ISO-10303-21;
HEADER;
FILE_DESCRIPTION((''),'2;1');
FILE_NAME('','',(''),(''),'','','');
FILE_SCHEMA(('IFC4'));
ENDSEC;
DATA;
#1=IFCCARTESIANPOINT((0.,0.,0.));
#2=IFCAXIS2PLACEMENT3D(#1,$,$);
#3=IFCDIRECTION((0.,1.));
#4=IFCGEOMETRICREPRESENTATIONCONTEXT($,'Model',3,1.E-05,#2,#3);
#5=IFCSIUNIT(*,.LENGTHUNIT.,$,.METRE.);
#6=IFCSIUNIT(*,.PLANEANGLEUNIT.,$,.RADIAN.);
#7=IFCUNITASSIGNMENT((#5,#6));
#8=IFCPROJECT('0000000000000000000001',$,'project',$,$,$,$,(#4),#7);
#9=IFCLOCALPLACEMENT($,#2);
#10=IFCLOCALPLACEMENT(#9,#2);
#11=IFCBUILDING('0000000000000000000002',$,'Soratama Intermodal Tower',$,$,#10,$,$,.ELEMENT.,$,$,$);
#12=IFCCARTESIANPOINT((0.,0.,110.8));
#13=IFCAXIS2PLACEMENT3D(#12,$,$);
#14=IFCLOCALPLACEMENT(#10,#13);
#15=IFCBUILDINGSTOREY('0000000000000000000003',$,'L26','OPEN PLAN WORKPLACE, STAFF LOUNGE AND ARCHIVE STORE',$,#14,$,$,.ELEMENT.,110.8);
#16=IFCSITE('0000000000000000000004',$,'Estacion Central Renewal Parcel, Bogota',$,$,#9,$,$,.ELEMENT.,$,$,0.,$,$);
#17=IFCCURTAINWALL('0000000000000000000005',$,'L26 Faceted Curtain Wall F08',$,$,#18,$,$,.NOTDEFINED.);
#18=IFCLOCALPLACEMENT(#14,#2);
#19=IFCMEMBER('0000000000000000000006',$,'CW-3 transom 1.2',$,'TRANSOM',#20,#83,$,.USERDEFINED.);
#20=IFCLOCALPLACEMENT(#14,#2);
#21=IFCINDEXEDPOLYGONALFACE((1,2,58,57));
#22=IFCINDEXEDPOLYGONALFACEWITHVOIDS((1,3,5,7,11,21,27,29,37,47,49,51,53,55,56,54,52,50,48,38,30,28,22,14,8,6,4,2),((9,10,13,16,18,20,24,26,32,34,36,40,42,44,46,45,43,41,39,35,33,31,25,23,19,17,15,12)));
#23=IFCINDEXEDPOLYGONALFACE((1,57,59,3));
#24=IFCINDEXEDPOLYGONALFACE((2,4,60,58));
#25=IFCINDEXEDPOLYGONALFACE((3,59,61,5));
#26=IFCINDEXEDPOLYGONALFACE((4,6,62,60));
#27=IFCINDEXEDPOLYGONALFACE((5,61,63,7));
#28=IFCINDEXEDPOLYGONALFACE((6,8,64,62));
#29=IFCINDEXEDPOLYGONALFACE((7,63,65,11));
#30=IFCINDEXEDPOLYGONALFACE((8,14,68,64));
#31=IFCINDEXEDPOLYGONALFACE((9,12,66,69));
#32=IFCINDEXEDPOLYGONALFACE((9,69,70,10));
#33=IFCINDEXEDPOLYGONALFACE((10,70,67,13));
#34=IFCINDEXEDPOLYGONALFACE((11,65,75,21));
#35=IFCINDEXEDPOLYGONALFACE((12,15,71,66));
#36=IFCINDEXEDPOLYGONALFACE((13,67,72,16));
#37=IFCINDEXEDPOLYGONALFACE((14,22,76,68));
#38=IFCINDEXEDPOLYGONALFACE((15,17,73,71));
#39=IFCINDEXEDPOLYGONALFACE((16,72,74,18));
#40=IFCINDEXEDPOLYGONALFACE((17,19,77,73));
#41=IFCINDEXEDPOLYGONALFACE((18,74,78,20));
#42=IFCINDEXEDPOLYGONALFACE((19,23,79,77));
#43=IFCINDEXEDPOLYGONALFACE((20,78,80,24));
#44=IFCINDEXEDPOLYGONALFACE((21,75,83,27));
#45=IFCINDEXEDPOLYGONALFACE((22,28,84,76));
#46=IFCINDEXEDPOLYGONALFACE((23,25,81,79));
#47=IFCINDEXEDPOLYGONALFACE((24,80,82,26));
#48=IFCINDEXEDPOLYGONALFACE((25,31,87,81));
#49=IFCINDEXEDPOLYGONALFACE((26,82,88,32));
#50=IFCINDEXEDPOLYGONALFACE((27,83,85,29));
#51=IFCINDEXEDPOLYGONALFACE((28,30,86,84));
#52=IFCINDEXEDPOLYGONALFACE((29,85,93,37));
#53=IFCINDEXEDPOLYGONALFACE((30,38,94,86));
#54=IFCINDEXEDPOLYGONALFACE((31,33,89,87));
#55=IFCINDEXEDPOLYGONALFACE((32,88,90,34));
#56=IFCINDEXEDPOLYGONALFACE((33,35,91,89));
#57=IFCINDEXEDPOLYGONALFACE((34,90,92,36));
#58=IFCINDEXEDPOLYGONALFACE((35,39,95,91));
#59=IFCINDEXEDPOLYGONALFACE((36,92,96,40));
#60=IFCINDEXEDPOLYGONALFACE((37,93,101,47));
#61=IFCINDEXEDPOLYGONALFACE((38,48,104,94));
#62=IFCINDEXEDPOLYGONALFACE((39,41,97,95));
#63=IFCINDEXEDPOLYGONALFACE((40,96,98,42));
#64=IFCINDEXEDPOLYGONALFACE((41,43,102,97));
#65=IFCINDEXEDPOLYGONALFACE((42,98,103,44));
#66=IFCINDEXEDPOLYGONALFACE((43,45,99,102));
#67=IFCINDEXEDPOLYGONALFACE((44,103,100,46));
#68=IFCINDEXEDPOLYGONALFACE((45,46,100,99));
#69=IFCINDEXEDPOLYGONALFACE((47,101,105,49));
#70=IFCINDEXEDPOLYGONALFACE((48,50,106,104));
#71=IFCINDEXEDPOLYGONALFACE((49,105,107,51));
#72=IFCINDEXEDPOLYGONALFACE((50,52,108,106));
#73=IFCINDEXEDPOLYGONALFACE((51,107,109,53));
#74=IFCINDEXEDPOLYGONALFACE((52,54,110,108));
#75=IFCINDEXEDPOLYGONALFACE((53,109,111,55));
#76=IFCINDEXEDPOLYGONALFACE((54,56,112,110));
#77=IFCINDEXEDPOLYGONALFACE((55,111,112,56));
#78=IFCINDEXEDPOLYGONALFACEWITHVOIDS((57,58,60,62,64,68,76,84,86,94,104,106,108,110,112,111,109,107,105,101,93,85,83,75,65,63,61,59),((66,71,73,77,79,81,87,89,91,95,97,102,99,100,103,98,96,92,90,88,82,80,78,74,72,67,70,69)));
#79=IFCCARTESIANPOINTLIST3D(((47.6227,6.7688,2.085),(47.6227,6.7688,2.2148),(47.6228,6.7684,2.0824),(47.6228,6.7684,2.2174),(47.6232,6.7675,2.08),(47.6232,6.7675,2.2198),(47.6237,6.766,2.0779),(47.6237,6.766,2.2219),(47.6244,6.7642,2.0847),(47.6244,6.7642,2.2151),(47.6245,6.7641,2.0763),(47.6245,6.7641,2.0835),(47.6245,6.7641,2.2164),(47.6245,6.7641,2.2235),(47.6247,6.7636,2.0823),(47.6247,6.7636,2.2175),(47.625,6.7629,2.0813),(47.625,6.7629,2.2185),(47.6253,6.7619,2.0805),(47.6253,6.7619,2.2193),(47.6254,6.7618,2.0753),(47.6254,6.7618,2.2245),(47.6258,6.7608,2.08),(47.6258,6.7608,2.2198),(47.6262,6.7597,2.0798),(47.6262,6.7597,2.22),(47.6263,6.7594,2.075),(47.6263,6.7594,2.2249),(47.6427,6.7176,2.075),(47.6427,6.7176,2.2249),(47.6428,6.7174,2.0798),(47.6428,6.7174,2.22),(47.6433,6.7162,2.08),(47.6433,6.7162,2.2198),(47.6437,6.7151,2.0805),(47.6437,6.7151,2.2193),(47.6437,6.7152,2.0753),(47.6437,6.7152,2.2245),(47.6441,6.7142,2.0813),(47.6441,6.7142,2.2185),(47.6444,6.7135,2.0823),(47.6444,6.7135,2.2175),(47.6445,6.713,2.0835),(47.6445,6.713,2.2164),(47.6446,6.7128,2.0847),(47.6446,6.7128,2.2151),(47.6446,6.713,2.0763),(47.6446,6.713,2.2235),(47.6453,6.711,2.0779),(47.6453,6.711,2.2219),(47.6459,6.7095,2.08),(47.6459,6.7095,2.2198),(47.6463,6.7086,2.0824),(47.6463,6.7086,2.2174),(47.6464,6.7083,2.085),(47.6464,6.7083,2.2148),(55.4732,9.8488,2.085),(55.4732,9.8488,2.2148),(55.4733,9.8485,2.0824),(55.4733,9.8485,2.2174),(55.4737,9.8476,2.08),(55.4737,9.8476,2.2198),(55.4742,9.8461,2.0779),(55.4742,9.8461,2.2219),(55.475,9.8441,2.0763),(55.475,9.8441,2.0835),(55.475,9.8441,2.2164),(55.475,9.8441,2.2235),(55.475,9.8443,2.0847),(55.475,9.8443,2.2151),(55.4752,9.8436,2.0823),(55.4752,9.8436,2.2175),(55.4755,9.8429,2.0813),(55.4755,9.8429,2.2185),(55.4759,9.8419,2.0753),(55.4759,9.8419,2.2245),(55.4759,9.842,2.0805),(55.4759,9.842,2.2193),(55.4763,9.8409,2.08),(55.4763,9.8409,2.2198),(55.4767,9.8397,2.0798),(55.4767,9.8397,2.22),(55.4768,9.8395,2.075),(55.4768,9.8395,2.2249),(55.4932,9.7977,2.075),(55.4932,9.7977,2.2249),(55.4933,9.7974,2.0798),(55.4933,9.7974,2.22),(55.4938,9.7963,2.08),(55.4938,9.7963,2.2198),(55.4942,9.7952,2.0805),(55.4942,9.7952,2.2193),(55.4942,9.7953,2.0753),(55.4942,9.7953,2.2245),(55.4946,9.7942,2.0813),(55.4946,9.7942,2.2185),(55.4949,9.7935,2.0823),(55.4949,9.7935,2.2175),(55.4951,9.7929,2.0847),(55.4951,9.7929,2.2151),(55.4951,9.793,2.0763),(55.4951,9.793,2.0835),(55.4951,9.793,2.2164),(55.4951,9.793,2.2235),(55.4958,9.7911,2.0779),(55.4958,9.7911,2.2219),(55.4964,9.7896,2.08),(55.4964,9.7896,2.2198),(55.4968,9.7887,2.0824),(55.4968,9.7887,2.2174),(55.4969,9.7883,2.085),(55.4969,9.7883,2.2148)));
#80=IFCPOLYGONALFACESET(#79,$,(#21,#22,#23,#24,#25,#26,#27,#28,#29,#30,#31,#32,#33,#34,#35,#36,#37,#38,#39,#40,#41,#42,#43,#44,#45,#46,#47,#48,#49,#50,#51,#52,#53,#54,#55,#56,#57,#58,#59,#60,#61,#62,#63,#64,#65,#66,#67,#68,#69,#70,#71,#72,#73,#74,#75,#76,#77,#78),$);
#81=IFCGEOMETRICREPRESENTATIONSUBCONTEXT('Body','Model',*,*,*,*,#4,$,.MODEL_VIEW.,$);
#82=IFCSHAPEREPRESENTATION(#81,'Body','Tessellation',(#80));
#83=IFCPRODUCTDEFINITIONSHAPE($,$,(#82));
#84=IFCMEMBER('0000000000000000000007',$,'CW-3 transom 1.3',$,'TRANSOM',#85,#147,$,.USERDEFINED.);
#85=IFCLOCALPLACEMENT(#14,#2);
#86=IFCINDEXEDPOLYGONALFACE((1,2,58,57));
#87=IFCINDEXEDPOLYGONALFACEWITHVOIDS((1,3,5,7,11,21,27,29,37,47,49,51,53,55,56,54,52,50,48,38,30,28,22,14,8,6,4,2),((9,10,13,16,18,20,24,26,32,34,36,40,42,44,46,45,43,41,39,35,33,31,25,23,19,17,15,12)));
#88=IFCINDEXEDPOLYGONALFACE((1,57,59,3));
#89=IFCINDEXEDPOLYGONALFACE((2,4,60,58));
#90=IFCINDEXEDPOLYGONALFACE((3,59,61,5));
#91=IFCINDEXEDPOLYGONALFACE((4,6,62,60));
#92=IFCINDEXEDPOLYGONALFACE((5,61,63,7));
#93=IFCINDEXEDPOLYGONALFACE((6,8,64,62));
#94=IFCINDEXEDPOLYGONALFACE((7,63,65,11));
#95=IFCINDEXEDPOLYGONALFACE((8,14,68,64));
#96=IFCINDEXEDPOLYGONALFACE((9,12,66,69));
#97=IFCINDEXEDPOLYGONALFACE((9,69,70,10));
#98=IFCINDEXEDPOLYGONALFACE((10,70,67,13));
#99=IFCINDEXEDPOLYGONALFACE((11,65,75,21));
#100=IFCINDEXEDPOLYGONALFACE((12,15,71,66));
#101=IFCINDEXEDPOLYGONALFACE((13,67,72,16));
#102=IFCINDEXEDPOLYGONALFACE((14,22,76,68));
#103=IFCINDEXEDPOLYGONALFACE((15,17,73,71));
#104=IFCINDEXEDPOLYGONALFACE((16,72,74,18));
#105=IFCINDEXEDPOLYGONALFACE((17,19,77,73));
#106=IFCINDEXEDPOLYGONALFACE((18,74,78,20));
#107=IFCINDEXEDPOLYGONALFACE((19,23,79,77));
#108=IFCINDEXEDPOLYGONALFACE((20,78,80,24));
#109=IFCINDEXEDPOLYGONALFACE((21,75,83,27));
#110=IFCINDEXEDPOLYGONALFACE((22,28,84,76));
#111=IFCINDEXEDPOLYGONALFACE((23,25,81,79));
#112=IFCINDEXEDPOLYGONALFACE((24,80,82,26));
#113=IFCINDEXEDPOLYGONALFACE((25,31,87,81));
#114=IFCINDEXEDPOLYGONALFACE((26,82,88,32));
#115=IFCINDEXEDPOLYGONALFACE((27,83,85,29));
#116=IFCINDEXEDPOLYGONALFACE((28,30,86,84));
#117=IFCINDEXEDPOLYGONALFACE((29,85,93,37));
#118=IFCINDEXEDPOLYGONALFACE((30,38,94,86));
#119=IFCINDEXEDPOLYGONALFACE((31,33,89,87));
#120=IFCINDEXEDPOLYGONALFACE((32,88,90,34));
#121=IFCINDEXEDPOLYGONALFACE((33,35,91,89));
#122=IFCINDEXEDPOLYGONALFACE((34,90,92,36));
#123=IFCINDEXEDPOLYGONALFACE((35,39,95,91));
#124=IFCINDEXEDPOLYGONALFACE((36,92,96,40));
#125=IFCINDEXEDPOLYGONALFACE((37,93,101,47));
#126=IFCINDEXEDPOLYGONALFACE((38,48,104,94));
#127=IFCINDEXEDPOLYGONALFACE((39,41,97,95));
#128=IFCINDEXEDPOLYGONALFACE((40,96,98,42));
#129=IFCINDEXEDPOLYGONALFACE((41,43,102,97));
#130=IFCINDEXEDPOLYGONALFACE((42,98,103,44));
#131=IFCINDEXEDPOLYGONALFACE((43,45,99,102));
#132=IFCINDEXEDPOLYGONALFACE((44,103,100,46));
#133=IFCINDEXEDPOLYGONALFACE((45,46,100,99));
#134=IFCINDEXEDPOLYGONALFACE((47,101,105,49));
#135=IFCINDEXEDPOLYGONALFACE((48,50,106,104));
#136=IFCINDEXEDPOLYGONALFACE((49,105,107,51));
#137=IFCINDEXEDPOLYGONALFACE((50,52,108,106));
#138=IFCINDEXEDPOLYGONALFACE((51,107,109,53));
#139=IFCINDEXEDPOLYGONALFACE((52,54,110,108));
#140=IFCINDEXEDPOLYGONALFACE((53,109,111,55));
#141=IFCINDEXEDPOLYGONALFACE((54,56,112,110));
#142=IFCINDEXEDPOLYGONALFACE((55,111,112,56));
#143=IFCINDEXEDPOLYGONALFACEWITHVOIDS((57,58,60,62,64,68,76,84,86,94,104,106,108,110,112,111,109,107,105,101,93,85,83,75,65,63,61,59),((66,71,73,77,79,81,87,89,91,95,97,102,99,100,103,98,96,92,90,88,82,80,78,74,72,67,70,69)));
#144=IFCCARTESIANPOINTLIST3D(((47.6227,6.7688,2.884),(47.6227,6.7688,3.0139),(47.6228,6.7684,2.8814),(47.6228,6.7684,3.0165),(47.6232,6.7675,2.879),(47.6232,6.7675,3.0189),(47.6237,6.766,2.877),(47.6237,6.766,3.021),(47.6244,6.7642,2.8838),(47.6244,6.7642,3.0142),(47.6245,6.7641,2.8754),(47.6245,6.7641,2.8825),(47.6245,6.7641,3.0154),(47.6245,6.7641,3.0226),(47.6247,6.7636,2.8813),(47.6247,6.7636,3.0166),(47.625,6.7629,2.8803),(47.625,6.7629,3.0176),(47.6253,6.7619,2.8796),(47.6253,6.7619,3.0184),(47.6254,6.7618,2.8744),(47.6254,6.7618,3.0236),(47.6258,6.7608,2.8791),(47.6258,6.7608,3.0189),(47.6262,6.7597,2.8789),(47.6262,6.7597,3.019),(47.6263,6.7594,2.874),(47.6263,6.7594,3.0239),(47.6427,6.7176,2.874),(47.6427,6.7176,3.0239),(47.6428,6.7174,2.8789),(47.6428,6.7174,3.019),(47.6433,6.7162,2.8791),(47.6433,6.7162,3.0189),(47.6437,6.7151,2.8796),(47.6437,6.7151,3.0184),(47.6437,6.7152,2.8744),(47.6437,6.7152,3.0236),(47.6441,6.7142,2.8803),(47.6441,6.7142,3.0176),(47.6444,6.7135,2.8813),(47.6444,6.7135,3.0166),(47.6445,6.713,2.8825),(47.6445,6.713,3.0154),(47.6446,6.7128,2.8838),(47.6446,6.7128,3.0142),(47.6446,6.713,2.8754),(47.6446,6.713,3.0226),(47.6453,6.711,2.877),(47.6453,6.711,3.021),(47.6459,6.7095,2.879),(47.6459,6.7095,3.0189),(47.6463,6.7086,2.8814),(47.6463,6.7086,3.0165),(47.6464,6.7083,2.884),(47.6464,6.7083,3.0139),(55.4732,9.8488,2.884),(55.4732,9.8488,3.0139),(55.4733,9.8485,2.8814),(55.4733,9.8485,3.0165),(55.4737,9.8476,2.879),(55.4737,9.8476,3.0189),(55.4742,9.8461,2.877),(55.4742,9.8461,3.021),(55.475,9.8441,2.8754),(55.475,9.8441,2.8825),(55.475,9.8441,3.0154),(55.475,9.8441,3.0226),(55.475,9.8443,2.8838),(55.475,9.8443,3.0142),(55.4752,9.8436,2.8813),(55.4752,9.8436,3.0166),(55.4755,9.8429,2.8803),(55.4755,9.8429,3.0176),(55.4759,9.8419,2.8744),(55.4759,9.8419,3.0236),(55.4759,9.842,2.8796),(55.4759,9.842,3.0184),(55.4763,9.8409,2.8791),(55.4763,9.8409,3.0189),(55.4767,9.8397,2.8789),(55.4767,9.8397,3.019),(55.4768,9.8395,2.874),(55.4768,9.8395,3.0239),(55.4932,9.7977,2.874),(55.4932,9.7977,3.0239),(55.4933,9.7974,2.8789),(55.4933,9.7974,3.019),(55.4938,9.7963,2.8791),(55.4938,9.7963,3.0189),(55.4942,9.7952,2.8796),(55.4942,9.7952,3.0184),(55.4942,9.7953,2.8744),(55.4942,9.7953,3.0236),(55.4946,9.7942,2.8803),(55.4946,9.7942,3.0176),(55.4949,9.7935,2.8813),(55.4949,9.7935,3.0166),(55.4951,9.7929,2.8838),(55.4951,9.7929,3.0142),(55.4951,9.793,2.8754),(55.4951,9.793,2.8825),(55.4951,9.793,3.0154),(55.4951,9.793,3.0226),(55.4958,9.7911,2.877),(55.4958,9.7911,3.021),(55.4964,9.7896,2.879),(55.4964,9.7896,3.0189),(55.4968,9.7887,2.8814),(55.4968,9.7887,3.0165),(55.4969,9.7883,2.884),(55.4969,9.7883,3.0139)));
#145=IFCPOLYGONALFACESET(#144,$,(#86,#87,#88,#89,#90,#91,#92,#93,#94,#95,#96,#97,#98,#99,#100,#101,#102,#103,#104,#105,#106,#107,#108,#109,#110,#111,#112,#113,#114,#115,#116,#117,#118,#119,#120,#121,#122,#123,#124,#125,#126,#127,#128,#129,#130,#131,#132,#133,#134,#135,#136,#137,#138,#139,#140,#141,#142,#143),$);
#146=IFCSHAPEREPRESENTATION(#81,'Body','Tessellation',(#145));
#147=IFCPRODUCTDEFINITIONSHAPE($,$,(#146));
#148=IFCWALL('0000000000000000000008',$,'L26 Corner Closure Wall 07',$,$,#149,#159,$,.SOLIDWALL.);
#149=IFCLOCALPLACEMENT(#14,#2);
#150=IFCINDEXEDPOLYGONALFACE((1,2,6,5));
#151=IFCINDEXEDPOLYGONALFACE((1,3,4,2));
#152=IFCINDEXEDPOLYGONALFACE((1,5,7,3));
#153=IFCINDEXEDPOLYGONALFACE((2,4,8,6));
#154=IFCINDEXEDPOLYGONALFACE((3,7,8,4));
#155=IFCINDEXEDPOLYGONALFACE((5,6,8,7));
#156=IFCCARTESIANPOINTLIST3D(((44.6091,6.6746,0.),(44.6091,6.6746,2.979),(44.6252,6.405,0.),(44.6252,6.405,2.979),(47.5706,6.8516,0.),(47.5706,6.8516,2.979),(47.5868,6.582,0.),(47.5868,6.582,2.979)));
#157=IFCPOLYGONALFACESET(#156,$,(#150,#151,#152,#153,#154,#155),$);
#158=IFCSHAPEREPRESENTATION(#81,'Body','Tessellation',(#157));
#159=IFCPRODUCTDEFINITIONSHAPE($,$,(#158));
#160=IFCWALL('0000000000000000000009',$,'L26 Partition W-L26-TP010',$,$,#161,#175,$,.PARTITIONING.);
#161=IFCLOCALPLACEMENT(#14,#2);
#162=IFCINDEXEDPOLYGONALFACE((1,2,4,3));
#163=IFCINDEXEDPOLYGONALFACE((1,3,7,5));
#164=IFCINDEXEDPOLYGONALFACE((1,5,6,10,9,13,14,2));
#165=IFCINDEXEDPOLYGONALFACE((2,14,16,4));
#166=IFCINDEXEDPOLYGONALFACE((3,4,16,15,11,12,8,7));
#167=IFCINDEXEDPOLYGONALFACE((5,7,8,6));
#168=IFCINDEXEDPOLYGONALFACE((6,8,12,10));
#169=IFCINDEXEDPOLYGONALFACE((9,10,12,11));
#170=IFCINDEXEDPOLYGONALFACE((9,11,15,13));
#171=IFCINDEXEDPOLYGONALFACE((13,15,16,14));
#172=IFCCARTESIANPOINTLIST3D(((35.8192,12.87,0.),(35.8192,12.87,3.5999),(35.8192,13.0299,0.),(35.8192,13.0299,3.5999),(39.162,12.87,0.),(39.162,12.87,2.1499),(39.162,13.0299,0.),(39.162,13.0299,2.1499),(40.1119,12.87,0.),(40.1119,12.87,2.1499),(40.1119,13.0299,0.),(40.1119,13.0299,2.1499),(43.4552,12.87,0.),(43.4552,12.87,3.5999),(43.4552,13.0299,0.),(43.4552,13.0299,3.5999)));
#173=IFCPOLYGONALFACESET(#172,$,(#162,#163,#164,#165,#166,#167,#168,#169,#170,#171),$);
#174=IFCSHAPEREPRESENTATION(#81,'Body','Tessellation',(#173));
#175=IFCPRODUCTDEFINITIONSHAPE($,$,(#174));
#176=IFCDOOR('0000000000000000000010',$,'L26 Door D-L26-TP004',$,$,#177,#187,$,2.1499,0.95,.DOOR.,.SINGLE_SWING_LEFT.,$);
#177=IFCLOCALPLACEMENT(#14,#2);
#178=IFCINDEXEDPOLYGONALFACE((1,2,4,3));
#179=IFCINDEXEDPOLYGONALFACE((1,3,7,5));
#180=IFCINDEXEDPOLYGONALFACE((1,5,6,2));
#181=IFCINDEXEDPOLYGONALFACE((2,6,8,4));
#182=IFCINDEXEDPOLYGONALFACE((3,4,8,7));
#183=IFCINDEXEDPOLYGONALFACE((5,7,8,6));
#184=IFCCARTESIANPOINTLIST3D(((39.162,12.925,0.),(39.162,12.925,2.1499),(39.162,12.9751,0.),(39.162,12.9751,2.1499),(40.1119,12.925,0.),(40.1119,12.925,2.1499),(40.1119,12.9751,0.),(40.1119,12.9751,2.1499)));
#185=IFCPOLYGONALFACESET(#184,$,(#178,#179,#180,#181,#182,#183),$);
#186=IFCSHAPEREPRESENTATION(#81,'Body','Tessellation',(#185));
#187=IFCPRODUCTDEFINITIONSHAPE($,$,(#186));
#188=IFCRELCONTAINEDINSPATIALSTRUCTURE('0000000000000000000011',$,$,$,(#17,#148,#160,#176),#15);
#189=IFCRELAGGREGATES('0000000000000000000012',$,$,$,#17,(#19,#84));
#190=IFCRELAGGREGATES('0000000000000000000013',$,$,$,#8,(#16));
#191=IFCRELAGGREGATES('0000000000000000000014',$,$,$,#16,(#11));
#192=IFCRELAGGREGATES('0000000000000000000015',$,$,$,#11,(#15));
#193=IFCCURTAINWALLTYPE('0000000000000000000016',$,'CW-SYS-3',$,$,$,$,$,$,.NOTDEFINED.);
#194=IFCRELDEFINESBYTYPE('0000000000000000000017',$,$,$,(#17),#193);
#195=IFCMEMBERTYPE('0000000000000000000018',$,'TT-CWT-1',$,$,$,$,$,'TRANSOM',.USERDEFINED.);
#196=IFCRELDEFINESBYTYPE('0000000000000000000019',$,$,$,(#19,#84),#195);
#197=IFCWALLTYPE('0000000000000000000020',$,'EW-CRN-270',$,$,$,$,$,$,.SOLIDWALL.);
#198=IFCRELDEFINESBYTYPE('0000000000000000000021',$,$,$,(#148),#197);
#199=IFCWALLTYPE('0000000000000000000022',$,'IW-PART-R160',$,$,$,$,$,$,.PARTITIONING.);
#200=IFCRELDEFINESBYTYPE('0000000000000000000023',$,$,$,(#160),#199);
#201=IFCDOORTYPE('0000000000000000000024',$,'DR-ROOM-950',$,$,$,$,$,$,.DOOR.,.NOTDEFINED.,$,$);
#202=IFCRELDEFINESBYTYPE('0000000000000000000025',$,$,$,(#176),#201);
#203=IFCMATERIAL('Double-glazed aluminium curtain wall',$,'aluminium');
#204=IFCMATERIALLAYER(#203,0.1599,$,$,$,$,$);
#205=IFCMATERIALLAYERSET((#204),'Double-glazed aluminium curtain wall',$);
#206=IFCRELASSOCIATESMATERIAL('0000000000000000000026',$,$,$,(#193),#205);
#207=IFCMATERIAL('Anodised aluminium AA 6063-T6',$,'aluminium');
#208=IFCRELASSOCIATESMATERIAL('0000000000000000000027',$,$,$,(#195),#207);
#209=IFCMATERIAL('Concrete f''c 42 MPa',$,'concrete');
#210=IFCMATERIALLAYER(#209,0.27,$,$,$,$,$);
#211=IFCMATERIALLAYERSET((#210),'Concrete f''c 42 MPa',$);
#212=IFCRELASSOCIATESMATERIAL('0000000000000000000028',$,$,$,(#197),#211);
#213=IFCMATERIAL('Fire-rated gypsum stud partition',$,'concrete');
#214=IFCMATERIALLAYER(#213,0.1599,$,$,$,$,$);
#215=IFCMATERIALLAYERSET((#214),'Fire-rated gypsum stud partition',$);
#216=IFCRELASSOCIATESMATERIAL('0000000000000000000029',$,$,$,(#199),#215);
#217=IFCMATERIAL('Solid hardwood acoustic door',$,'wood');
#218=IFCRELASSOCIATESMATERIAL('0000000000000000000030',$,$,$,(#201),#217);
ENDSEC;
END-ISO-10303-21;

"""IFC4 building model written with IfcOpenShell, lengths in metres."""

from ifc_helpers import new_model, si_unit, direction, frame, frame_2d, origin, origin_2d, place, context, subcontext, project, spatial, rectangle, hollow_rectangle, extrude, material, layer, layer_set, material_profile, profile_set, type_object, element, fill, aggregate, save


model = new_model("IFC4")

# Units and contexts
model_context = context("Model", 3, precision=1e-05, world=origin(), true_north=direction((0.0, 1.0)))
body_context = subcontext(model_context, "Body", "Model", "MODEL_VIEW")
ifc_project = project(units=[si_unit("LENGTHUNIT", "METRE"), si_unit("PLANEANGLEUNIT", "RADIAN")], contexts=[model_context])

# Site, building, storey
site_placement = place(None, origin())
site = spatial("IfcSite", under=ifc_project, at=site_placement, Name="Estacion Central Renewal Parcel, Bogota", CompositionType="ELEMENT", RefElevation=0.0)
building_placement = place(site_placement, origin())
building = spatial("IfcBuilding", under=site, at=building_placement, Name="Soratama Intermodal Tower", CompositionType="ELEMENT")
storey_placement = place(building_placement, frame((0.0, 0.0, 110.8)))
storey = spatial("IfcBuildingStorey", under=building, at=storey_placement, Name="L26", Description="OPEN PLAN WORKPLACE, STAFF LOUNGE AND ARCHIVE STORE", CompositionType="ELEMENT", Elevation=110.8)

# Curtain wall, members
ifc_material_1 = material(Name="Double-glazed aluminium curtain wall", Category="aluminium")
ifc_layer_1 = layer(ifc_material_1, 0.1599)
ifc_layer_set_1 = layer_set([ifc_layer_1], Name="Double-glazed aluminium curtain wall")
curtain_wall_type = type_object("IfcCurtainWallType", Name="CW-SYS-3", PredefinedType="NOTDEFINED", material=ifc_layer_set_1)
curtain_wall_placement = place(storey_placement, origin())
curtain_wall = element("IfcCurtainWall", 1, at=curtain_wall_placement, inside=storey, type_object=curtain_wall_type, Name="L26 Faceted Curtain Wall F08", PredefinedType="NOTDEFINED")
ifc_material_2 = material(Name="Anodised aluminium AA 6063-T6", Category="aluminium")
ifc_material_profile_1 = material_profile(ifc_material_2, hollow_rectangle(XDim=0.0649, YDim=0.1499, WallThickness=0.0049, InnerFilletRadius=0.0049, OuterFilletRadius=0.01, at=origin_2d()), Name="CWT150X65X5")
ifc_profile_set_1 = profile_set([ifc_material_profile_1], Name="Anodised aluminium AA 6063-T6")
member_type_1 = type_object("IfcMemberType", Name="TT-CWT-1", ElementType="TRANSOM", PredefinedType="USERDEFINED", material=ifc_profile_set_1)
member_1_placement = place(storey_placement, frame((47.6345, 6.7385, 2.1499), z_axis=(0.930916, 0.365233, 0.0), x_axis=(-0.365233, 0.930916, 0.0)))
member_1 = element("IfcMember", 2, at=member_1_placement, type_object=member_type_1, Name="CW-3 transom 1.2", ObjectType="TRANSOM", PredefinedType="USERDEFINED", context=body_context, shape_type="SweptSolid", body=[
    extrude(hollow_rectangle(XDim=0.0649, YDim=0.1499, WallThickness=0.0049, InnerFilletRadius=0.0049, OuterFilletRadius=0.01, at=origin_2d()), origin(), (0.0, 0.0, 1.0), 8.4331),
])
member_2_placement = place(storey_placement, frame((47.6345, 6.7385, 2.949), z_axis=(0.930916, 0.365233, 0.0), x_axis=(-0.365233, 0.930916, 0.0)))
member_2 = element("IfcMember", 3, at=member_2_placement, type_object=member_type_1, Name="CW-3 transom 1.3", ObjectType="TRANSOM", PredefinedType="USERDEFINED", context=body_context, shape_type="SweptSolid", body=[
    extrude(hollow_rectangle(XDim=0.0649, YDim=0.1499, WallThickness=0.0049, InnerFilletRadius=0.0049, OuterFilletRadius=0.01, at=origin_2d()), origin(), (0.0, 0.0, 1.0), 8.4331),
])
aggregate(curtain_wall, [member_1, member_2])

# Wall
ifc_material_3 = material(Name="Concrete f'c 42 MPa", Category="concrete")
ifc_layer_2 = layer(ifc_material_3, 0.27)
ifc_layer_set_2 = layer_set([ifc_layer_2], Name="Concrete f'c 42 MPa")
wall_type_1 = type_object("IfcWallType", Name="EW-CRN-270", PredefinedType="SOLIDWALL", material=ifc_layer_set_2)
wall_1_placement = place(storey_placement, frame((44.6172, 6.5398, 0.0), z_axis=(0.0, 0.0, 1.0), x_axis=(0.998219, 0.059663, 0.0)))
element("IfcWall", 4, at=wall_1_placement, inside=storey, type_object=wall_type_1, Name="L26 Corner Closure Wall 07", PredefinedType="SOLIDWALL", context=body_context, shape_type="SweptSolid", body=[
    extrude(rectangle(XDim=2.9668, YDim=0.27, at=frame_2d((1.4834, 0.0))), origin(), (0.0, 0.0, 1.0), 2.979),
])

# Wall, opening, door
ifc_material_4 = material(Name="Fire-rated gypsum stud partition", Category="concrete")
ifc_layer_3 = layer(ifc_material_4, 0.1599)
ifc_layer_set_3 = layer_set([ifc_layer_3], Name="Fire-rated gypsum stud partition")
wall_type_2 = type_object("IfcWallType", Name="IW-PART-R160", PredefinedType="PARTITIONING", material=ifc_layer_set_3)
wall_2_placement = place(storey_placement, frame((43.4551, 12.95, 0.0), z_axis=(0.0, 0.0, 1.0), x_axis=(-1.0, 0.0, 0.0)))
wall_2 = element("IfcWall", 5, at=wall_2_placement, inside=storey, type_object=wall_type_2, Name="L26 Partition W-L26-TP010", PredefinedType="PARTITIONING", context=body_context, shape_type="SweptSolid", body=[
    extrude(rectangle(XDim=7.636, YDim=0.1599, at=frame_2d((3.8179, 0.0))), origin(), (0.0, 0.0, 1.0), 3.5999),
])
opening_placement = place(wall_2_placement, frame((3.343, 0.0, 0.0)))
opening = element("IfcOpeningElement", 6, at=opening_placement, cuts=wall_2, PredefinedType="OPENING", context=body_context, shape_type="SweptSolid", body=[
    extrude(rectangle(XDim=0.95, YDim=2.1499, at=frame_2d((0.4751, 1.075))), frame((0.0, 0.0898, 0.0), z_axis=(0.0, -1.0, 0.0), x_axis=(1.0, 0.0, 0.0)), (0.0, 0.0, 1.0), 0.1799),
])
ifc_material_5 = material(Name="Solid hardwood acoustic door", Category="wood")
door_type = type_object("IfcDoorType", Name="DR-ROOM-950", OperationType="NOTDEFINED", PredefinedType="DOOR", material=ifc_material_5)
door_placement = place(opening_placement, origin())
door = element("IfcDoor", 7, at=door_placement, inside=storey, type_object=door_type, Name="L26 Door D-L26-TP004", OperationType="SINGLE_SWING_LEFT", OverallHeight=2.1499, OverallWidth=0.95, PredefinedType="DOOR", context=body_context, shape_type="SweptSolid", body=[
    extrude(rectangle(XDim=0.95, YDim=2.1499, at=frame_2d((0.4751, 1.075))), frame((0.0, 0.0249, 0.0), z_axis=(0.0, -1.0, 0.0), x_axis=(1.0, 0.0, 0.0)), (0.0, 0.0, 1.0), 0.05),
])
fill(opening, door)

save(model, "model.ifc")
